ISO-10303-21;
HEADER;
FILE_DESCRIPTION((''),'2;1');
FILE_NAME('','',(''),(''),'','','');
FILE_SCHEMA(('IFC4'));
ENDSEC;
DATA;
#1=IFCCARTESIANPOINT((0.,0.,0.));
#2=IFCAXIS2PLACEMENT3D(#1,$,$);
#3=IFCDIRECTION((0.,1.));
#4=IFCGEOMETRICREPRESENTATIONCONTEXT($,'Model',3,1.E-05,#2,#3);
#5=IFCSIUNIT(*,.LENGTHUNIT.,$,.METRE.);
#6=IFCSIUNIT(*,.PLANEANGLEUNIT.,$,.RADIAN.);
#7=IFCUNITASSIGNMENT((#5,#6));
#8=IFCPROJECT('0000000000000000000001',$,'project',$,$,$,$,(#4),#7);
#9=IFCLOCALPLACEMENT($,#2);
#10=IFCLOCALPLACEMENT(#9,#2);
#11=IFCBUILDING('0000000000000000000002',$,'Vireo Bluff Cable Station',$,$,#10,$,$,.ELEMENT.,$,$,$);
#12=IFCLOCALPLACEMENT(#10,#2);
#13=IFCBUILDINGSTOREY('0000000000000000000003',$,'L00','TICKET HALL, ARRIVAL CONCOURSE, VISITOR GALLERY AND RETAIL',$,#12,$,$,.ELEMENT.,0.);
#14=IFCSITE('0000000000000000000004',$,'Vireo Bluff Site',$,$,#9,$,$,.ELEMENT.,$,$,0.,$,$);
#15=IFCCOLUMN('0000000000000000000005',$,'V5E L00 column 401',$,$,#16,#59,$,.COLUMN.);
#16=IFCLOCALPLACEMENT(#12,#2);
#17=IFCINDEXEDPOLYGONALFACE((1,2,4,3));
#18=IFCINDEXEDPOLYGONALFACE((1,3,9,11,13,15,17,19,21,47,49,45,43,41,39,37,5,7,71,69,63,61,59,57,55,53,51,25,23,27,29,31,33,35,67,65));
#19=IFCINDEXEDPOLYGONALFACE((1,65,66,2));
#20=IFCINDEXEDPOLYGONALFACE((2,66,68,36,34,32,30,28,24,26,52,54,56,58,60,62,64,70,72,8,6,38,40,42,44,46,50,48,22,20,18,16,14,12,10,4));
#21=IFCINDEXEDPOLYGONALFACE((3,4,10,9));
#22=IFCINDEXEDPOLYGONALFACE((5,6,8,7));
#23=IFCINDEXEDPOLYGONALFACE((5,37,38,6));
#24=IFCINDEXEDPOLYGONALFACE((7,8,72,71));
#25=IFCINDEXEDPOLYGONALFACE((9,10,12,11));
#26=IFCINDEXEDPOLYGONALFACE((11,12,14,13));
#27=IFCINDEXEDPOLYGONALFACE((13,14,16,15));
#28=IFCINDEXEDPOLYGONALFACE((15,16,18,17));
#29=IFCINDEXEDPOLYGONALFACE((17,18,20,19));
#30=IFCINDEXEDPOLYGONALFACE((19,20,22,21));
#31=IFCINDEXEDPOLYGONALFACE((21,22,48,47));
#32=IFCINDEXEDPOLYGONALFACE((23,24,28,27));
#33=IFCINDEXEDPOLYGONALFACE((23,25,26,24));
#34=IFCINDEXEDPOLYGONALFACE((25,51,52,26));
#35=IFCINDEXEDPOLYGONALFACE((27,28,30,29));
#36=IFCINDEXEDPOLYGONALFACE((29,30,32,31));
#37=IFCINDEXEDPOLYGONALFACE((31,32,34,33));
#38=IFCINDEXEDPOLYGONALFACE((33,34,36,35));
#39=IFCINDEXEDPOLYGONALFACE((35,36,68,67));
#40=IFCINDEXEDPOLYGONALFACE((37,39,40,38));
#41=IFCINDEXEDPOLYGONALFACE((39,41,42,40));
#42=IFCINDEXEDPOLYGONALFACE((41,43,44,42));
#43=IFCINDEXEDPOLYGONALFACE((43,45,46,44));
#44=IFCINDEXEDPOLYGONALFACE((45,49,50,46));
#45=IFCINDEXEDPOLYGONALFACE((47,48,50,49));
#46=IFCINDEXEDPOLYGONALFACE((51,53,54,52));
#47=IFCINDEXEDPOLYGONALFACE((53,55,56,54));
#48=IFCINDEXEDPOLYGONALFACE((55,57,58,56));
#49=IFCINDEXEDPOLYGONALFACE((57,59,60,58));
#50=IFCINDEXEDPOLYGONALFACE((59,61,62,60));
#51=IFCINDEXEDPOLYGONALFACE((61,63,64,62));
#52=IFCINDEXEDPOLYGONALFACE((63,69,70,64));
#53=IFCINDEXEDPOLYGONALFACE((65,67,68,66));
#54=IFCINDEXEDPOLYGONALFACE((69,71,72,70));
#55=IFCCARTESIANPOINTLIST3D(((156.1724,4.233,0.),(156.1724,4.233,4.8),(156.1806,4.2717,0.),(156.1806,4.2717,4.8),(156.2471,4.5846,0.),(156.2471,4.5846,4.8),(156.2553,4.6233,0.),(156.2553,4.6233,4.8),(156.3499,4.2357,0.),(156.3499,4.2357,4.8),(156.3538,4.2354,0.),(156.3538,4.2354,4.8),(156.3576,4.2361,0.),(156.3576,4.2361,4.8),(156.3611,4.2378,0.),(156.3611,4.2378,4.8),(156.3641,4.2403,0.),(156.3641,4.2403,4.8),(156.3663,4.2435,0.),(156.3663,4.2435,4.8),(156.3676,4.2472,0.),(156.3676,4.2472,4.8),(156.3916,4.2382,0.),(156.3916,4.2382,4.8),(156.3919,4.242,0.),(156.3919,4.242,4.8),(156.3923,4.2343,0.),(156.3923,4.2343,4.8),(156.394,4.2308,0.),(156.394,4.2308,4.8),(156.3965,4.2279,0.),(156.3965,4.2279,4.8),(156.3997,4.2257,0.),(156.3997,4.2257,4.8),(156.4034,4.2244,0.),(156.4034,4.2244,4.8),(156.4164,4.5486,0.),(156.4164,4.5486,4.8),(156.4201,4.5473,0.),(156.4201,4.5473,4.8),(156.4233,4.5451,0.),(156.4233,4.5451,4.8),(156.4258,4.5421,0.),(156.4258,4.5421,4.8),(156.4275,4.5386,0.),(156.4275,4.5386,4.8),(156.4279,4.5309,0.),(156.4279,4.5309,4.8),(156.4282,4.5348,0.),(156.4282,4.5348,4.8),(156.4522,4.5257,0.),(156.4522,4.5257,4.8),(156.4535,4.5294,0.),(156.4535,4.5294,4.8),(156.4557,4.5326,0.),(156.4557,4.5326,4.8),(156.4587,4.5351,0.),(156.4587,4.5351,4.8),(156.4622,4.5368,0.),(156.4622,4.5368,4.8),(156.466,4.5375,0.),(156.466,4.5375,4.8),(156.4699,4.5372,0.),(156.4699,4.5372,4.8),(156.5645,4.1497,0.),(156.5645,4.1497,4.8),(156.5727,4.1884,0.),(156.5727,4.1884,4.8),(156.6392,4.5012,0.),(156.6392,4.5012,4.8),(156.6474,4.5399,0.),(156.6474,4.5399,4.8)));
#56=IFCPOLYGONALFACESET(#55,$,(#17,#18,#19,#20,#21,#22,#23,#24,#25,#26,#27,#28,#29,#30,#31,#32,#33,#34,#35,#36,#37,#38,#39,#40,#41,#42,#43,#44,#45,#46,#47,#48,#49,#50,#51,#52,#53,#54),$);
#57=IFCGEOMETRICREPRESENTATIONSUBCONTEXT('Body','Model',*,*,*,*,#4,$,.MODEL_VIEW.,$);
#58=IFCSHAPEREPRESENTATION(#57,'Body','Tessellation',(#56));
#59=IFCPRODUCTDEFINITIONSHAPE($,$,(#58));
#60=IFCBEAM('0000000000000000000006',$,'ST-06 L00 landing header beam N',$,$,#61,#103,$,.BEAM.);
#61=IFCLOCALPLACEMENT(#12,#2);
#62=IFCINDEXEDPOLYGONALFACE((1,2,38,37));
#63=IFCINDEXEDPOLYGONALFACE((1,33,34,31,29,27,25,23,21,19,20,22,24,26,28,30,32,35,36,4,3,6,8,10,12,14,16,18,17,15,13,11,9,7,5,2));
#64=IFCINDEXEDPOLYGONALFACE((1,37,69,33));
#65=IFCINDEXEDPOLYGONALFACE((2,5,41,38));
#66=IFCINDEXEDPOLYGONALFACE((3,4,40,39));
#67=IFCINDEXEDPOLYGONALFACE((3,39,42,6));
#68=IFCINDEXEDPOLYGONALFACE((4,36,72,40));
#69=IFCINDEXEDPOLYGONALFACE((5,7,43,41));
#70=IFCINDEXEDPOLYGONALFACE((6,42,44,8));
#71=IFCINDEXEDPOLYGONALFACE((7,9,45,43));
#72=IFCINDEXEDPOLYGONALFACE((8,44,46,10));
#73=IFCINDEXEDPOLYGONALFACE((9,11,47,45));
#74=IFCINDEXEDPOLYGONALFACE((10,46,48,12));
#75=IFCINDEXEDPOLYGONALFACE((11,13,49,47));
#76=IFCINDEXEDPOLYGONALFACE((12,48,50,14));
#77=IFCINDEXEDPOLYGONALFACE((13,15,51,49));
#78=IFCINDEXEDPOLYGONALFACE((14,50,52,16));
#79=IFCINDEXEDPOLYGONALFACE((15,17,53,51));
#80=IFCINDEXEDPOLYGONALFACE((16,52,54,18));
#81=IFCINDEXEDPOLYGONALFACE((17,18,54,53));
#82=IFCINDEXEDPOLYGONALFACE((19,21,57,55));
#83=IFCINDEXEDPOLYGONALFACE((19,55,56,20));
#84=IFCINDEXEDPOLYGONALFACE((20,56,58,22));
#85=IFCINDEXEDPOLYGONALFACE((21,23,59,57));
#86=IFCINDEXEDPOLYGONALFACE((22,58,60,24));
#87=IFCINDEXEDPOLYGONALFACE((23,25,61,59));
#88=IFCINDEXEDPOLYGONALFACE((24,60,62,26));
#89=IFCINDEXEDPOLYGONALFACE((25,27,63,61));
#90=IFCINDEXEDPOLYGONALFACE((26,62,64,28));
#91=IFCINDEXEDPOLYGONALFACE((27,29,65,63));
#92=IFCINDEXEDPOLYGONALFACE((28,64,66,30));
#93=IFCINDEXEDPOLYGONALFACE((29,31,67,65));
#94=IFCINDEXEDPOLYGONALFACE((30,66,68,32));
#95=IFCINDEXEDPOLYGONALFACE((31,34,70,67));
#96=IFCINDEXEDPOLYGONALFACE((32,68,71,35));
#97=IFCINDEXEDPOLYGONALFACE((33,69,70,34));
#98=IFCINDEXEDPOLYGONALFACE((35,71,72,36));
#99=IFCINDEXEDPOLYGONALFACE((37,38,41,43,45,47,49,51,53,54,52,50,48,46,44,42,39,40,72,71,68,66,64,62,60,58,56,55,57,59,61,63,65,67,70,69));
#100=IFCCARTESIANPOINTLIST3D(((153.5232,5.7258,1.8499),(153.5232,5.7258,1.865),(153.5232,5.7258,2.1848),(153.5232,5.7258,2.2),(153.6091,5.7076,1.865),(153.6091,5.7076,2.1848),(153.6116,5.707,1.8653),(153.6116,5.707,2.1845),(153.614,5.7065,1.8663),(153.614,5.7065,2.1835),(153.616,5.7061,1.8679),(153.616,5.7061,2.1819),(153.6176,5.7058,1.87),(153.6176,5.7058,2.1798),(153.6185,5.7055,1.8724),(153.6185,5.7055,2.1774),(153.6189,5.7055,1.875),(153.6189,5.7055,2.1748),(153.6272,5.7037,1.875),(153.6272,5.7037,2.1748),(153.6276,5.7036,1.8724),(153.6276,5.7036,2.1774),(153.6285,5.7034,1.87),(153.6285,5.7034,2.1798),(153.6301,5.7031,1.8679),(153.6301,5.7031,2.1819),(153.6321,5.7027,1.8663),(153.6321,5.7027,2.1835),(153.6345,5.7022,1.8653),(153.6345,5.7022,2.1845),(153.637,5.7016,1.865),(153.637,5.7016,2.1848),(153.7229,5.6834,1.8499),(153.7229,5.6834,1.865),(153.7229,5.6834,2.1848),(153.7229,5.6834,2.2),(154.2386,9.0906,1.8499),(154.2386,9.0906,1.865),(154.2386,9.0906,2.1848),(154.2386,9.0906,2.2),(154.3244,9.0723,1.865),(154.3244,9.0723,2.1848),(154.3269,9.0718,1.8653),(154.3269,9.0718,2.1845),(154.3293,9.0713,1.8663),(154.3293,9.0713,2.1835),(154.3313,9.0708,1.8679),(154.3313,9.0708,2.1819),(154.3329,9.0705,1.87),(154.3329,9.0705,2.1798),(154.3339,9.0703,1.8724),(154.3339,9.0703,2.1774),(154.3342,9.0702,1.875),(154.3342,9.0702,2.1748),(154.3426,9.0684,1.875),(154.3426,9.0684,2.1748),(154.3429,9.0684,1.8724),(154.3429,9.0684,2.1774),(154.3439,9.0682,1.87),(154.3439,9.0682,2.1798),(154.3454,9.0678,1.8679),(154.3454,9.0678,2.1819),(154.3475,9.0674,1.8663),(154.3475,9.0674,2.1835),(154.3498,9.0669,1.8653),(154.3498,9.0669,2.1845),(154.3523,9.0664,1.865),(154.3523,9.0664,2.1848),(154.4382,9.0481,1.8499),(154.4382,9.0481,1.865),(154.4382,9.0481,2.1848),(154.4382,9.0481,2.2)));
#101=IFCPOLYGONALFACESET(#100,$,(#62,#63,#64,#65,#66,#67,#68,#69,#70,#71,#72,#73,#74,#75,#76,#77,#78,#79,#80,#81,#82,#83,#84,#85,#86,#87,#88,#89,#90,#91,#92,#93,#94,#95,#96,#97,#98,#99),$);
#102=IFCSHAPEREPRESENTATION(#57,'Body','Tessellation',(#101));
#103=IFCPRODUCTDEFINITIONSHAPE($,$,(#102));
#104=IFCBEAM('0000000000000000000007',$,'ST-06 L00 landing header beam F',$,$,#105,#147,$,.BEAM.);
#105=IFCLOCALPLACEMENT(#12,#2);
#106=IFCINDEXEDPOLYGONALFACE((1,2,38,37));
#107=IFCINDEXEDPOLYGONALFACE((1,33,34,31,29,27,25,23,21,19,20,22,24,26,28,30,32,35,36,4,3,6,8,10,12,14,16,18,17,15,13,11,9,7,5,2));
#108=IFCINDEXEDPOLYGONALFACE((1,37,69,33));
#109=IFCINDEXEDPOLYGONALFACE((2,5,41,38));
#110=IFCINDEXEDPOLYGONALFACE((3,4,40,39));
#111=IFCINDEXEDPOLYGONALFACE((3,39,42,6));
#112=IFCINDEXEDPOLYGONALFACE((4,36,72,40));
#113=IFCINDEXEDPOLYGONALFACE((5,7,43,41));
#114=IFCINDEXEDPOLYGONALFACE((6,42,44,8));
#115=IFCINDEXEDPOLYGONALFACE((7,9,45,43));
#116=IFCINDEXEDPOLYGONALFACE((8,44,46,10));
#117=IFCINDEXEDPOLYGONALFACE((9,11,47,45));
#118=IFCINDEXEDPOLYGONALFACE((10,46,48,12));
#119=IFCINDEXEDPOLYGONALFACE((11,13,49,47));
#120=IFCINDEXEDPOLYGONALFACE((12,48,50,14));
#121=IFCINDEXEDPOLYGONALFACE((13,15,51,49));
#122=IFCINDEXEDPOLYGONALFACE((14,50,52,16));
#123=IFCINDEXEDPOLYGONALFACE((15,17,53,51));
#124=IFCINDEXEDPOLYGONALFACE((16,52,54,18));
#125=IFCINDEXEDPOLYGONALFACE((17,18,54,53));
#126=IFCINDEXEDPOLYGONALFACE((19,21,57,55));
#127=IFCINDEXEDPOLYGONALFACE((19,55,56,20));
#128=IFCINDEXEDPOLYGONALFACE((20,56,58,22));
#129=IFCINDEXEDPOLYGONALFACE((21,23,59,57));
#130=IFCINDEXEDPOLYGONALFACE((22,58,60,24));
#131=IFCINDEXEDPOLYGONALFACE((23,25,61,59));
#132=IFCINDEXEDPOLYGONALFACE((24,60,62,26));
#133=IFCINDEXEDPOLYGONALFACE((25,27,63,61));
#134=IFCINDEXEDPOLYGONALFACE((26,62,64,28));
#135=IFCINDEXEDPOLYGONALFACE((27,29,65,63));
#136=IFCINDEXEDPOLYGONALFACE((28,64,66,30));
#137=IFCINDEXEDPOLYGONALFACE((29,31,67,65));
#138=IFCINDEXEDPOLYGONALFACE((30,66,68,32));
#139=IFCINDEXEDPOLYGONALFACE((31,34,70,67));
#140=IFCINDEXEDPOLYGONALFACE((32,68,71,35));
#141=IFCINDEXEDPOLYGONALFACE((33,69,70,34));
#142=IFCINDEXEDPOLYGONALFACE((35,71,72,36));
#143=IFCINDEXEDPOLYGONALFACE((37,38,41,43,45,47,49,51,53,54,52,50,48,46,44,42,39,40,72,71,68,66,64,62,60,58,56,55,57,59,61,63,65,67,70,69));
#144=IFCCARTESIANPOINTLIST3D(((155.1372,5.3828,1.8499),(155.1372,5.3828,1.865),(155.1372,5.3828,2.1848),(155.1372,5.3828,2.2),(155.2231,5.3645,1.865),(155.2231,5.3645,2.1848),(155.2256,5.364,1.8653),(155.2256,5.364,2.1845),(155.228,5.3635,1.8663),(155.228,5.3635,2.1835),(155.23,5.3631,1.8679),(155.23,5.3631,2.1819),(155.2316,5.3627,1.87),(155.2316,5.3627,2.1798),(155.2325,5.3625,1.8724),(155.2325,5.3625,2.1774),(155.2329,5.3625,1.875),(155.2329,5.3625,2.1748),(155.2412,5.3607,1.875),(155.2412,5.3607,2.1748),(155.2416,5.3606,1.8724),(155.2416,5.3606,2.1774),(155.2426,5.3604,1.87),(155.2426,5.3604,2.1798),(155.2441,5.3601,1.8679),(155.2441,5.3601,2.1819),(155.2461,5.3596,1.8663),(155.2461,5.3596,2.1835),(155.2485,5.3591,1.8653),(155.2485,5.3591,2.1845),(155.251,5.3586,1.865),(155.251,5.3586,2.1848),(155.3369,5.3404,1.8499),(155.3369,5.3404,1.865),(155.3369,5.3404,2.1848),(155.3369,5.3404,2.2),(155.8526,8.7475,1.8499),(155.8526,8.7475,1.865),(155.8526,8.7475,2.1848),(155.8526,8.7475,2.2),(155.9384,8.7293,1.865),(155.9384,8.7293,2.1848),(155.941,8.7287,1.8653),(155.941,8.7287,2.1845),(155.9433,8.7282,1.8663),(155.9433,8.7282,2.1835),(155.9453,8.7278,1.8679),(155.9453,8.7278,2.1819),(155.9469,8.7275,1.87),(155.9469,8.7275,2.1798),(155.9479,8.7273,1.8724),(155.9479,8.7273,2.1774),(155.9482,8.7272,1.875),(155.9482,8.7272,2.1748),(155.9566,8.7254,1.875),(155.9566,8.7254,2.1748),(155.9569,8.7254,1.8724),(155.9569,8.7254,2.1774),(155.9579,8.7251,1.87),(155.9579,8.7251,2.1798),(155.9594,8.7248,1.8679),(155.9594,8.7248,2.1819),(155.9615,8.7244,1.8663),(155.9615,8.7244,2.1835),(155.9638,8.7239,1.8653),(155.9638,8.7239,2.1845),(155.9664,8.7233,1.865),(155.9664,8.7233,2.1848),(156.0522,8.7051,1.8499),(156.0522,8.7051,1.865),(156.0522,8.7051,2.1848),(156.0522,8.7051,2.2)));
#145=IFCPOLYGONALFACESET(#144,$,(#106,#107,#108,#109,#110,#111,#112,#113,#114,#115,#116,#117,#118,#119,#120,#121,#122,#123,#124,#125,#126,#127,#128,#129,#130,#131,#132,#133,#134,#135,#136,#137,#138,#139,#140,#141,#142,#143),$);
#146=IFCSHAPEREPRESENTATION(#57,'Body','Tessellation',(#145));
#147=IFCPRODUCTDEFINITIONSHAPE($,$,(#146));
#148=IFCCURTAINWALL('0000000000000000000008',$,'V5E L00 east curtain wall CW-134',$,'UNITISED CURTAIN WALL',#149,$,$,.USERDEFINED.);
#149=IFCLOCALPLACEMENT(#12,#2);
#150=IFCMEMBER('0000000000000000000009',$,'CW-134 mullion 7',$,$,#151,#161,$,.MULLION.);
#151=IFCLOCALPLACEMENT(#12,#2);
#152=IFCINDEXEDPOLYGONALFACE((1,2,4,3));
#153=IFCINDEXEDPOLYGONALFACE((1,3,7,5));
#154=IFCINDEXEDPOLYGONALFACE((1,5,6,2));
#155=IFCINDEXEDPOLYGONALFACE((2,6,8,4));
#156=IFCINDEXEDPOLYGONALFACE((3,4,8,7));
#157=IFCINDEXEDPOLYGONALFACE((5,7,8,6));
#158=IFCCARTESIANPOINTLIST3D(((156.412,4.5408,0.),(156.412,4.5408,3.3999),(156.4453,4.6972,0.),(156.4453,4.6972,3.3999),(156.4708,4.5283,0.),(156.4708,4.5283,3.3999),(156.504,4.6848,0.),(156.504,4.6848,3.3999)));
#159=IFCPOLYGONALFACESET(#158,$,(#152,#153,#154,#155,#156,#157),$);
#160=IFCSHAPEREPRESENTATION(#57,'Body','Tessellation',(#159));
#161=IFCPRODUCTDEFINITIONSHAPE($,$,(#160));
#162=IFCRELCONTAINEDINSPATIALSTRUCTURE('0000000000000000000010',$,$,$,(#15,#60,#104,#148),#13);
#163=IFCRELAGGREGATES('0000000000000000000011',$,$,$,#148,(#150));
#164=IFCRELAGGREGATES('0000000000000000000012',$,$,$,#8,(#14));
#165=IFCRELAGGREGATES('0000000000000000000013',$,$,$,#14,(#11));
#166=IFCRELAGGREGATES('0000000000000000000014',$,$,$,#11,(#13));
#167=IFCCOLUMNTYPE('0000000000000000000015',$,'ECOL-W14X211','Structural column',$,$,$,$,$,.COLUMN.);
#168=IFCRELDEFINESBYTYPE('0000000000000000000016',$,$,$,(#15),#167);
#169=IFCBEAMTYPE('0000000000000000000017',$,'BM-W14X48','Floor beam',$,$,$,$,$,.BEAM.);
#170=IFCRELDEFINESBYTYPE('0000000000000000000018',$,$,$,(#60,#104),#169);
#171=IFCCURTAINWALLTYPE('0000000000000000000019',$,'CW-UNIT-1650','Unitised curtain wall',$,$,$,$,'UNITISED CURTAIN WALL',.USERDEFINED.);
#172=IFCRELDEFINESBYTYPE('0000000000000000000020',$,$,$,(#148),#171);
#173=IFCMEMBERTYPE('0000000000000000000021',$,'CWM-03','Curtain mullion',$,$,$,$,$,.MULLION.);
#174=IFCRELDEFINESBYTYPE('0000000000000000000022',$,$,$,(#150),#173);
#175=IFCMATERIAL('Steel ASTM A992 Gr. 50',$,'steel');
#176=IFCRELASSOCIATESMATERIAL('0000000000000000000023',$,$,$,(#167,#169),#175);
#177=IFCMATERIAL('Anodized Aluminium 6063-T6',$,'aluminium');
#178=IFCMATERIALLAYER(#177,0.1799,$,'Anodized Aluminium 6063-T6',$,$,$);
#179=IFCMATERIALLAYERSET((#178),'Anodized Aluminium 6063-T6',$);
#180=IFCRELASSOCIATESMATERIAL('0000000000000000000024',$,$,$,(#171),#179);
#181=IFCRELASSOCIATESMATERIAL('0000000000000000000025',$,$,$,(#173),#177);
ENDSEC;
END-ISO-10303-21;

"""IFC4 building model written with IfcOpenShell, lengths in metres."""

from ifc_helpers import new_model, si_unit, direction, frame, origin, origin_2d, place, context, subcontext, project, spatial, rectangle, i_section, extrude, material, layer, layer_set, material_profile, profile_set, type_object, element, aggregate, save


model = new_model("IFC4")

# Units and contexts
model_context = context("Model", 3, precision=1e-05, world=origin(), true_north=direction((0.0, 1.0)))
body_context = subcontext(model_context, "Body", "Model", "MODEL_VIEW")
ifc_project = project(units=[si_unit("LENGTHUNIT", "METRE"), si_unit("PLANEANGLEUNIT", "RADIAN")], contexts=[model_context])

# Site, building, storey
site_placement = place(None, origin())
site = spatial("IfcSite", under=ifc_project, at=site_placement, Name="Vireo Bluff Site", CompositionType="ELEMENT", RefElevation=0.0)
building_placement = place(site_placement, origin())
building = spatial("IfcBuilding", under=site, at=building_placement, Name="Vireo Bluff Cable Station", CompositionType="ELEMENT")
storey_placement = place(building_placement, origin())
storey = spatial("IfcBuildingStorey", under=building, at=storey_placement, Name="L00", Description="TICKET HALL, ARRIVAL CONCOURSE, VISITOR GALLERY AND RETAIL", CompositionType="ELEMENT", Elevation=0.0)

# Column
ifc_material_1 = material(Name="Steel ASTM A992 Gr. 50", Category="steel")
ifc_material_profile_1 = material_profile(ifc_material_1, i_section(OverallWidth=0.4009, OverallDepth=0.3989, WebThickness=0.0249, FlangeThickness=0.0396, FilletRadius=0.0149, at=origin_2d()), Name="W14X211")
ifc_profile_set_1 = profile_set([ifc_material_profile_1], Name="Steel ASTM A992 Gr. 50")
column_type_1 = type_object("IfcColumnType", Name="ECOL-W14X211", Description="Structural column", PredefinedType="COLUMN", material=ifc_profile_set_1)
column_placement = place(storey_placement, frame((156.4099, 4.3865, 0.0), z_axis=(0.0, 0.0, 1.0), x_axis=(0.978148, -0.207912, 0.0)))
element("IfcColumn", 1, at=column_placement, inside=storey, type_object=column_type_1, Name="V5E L00 column 401", PredefinedType="COLUMN", context=body_context, shape_type="SweptSolid", body=[
    extrude(i_section(OverallWidth=0.4009, OverallDepth=0.3989, WebThickness=0.0249, FlangeThickness=0.0396, FilletRadius=0.0149, at=origin_2d()), origin(), (0.0, 0.0, 1.0), 4.8),
])

# Beams
ifc_material_profile_2 = material_profile(ifc_material_1, i_section(OverallWidth=0.2041, OverallDepth=0.3501, WebThickness=0.0085, FlangeThickness=0.0151, FilletRadius=0.01, at=origin_2d()), Name="W14X48")
ifc_profile_set_2 = profile_set([ifc_material_profile_2], Name="Steel ASTM A992 Gr. 50")
beam_type_1 = type_object("IfcBeamType", Name="BM-W14X48", Description="Floor beam", PredefinedType="BEAM", material=ifc_profile_set_2)
for number, where, z_axis, x_axis, name in (
    (2, (153.623, 5.7046, 2.0249), (0.207949, 0.97814, 0.0), (-0.97814, 0.207949, 0.0), "ST-06 L00 landing header beam N"),
    (3, (155.2371, 5.3616, 2.0249), (0.207949, 0.97814, 0.0), (-0.97814, 0.207949, 0.0), "ST-06 L00 landing header beam F"),
):
    element("IfcBeam", number, at=place(storey_placement, frame(where, z_axis=z_axis, x_axis=x_axis)), inside=storey, type_object=beam_type_1, Name=name, PredefinedType="BEAM", context=body_context, shape_type="SweptSolid", body=[
        extrude(i_section(OverallWidth=0.2041, OverallDepth=0.3501, WebThickness=0.0085, FlangeThickness=0.0151, FilletRadius=0.01, at=origin_2d()), origin(), (0.0, 0.0, 1.0), 3.4399),
    ])

# Curtain wall, member
ifc_material_2 = material(Name="Anodized Aluminium 6063-T6", Category="aluminium")
ifc_layer_1 = layer(ifc_material_2, 0.1799, Name="Anodized Aluminium 6063-T6")
ifc_layer_set_1 = layer_set([ifc_layer_1], Name="Anodized Aluminium 6063-T6")
curtain_wall_type = type_object("IfcCurtainWallType", Name="CW-UNIT-1650", Description="Unitised curtain wall", ElementType="UNITISED CURTAIN WALL", PredefinedType="USERDEFINED", material=ifc_layer_set_1)
curtain_wall_placement = place(storey_placement, origin())
curtain_wall = element("IfcCurtainWall", 4, at=curtain_wall_placement, inside=storey, type_object=curtain_wall_type, Name="V5E L00 east curtain wall CW-134", ObjectType="UNITISED CURTAIN WALL", PredefinedType="USERDEFINED")
ifc_material_profile_3 = material_profile(ifc_material_2, rectangle(XDim=0.0601, YDim=0.1599, at=origin_2d()), Name="ALU-M-60X160")
ifc_profile_set_3 = profile_set([ifc_material_profile_3], Name="Anodized Aluminium 6063-T6")
member_type = type_object("IfcMemberType", Name="CWM-03", Description="Curtain mullion", PredefinedType="MULLION", material=ifc_profile_set_3)
member_placement = place(storey_placement, frame((156.458, 4.6128, 0.0), z_axis=(0.0, 0.0, 1.0), x_axis=(0.978148, -0.207912, 0.0)))
member = element("IfcMember", 5, at=member_placement, type_object=member_type, Name="CW-134 mullion 7", PredefinedType="MULLION", context=body_context, shape_type="SweptSolid", body=[
    extrude(rectangle(XDim=0.0601, YDim=0.1599, at=origin_2d()), origin(), (0.0, 0.0, 1.0), 3.3999),
])
aggregate(curtain_wall, [member])

save(model, "model.ifc")
